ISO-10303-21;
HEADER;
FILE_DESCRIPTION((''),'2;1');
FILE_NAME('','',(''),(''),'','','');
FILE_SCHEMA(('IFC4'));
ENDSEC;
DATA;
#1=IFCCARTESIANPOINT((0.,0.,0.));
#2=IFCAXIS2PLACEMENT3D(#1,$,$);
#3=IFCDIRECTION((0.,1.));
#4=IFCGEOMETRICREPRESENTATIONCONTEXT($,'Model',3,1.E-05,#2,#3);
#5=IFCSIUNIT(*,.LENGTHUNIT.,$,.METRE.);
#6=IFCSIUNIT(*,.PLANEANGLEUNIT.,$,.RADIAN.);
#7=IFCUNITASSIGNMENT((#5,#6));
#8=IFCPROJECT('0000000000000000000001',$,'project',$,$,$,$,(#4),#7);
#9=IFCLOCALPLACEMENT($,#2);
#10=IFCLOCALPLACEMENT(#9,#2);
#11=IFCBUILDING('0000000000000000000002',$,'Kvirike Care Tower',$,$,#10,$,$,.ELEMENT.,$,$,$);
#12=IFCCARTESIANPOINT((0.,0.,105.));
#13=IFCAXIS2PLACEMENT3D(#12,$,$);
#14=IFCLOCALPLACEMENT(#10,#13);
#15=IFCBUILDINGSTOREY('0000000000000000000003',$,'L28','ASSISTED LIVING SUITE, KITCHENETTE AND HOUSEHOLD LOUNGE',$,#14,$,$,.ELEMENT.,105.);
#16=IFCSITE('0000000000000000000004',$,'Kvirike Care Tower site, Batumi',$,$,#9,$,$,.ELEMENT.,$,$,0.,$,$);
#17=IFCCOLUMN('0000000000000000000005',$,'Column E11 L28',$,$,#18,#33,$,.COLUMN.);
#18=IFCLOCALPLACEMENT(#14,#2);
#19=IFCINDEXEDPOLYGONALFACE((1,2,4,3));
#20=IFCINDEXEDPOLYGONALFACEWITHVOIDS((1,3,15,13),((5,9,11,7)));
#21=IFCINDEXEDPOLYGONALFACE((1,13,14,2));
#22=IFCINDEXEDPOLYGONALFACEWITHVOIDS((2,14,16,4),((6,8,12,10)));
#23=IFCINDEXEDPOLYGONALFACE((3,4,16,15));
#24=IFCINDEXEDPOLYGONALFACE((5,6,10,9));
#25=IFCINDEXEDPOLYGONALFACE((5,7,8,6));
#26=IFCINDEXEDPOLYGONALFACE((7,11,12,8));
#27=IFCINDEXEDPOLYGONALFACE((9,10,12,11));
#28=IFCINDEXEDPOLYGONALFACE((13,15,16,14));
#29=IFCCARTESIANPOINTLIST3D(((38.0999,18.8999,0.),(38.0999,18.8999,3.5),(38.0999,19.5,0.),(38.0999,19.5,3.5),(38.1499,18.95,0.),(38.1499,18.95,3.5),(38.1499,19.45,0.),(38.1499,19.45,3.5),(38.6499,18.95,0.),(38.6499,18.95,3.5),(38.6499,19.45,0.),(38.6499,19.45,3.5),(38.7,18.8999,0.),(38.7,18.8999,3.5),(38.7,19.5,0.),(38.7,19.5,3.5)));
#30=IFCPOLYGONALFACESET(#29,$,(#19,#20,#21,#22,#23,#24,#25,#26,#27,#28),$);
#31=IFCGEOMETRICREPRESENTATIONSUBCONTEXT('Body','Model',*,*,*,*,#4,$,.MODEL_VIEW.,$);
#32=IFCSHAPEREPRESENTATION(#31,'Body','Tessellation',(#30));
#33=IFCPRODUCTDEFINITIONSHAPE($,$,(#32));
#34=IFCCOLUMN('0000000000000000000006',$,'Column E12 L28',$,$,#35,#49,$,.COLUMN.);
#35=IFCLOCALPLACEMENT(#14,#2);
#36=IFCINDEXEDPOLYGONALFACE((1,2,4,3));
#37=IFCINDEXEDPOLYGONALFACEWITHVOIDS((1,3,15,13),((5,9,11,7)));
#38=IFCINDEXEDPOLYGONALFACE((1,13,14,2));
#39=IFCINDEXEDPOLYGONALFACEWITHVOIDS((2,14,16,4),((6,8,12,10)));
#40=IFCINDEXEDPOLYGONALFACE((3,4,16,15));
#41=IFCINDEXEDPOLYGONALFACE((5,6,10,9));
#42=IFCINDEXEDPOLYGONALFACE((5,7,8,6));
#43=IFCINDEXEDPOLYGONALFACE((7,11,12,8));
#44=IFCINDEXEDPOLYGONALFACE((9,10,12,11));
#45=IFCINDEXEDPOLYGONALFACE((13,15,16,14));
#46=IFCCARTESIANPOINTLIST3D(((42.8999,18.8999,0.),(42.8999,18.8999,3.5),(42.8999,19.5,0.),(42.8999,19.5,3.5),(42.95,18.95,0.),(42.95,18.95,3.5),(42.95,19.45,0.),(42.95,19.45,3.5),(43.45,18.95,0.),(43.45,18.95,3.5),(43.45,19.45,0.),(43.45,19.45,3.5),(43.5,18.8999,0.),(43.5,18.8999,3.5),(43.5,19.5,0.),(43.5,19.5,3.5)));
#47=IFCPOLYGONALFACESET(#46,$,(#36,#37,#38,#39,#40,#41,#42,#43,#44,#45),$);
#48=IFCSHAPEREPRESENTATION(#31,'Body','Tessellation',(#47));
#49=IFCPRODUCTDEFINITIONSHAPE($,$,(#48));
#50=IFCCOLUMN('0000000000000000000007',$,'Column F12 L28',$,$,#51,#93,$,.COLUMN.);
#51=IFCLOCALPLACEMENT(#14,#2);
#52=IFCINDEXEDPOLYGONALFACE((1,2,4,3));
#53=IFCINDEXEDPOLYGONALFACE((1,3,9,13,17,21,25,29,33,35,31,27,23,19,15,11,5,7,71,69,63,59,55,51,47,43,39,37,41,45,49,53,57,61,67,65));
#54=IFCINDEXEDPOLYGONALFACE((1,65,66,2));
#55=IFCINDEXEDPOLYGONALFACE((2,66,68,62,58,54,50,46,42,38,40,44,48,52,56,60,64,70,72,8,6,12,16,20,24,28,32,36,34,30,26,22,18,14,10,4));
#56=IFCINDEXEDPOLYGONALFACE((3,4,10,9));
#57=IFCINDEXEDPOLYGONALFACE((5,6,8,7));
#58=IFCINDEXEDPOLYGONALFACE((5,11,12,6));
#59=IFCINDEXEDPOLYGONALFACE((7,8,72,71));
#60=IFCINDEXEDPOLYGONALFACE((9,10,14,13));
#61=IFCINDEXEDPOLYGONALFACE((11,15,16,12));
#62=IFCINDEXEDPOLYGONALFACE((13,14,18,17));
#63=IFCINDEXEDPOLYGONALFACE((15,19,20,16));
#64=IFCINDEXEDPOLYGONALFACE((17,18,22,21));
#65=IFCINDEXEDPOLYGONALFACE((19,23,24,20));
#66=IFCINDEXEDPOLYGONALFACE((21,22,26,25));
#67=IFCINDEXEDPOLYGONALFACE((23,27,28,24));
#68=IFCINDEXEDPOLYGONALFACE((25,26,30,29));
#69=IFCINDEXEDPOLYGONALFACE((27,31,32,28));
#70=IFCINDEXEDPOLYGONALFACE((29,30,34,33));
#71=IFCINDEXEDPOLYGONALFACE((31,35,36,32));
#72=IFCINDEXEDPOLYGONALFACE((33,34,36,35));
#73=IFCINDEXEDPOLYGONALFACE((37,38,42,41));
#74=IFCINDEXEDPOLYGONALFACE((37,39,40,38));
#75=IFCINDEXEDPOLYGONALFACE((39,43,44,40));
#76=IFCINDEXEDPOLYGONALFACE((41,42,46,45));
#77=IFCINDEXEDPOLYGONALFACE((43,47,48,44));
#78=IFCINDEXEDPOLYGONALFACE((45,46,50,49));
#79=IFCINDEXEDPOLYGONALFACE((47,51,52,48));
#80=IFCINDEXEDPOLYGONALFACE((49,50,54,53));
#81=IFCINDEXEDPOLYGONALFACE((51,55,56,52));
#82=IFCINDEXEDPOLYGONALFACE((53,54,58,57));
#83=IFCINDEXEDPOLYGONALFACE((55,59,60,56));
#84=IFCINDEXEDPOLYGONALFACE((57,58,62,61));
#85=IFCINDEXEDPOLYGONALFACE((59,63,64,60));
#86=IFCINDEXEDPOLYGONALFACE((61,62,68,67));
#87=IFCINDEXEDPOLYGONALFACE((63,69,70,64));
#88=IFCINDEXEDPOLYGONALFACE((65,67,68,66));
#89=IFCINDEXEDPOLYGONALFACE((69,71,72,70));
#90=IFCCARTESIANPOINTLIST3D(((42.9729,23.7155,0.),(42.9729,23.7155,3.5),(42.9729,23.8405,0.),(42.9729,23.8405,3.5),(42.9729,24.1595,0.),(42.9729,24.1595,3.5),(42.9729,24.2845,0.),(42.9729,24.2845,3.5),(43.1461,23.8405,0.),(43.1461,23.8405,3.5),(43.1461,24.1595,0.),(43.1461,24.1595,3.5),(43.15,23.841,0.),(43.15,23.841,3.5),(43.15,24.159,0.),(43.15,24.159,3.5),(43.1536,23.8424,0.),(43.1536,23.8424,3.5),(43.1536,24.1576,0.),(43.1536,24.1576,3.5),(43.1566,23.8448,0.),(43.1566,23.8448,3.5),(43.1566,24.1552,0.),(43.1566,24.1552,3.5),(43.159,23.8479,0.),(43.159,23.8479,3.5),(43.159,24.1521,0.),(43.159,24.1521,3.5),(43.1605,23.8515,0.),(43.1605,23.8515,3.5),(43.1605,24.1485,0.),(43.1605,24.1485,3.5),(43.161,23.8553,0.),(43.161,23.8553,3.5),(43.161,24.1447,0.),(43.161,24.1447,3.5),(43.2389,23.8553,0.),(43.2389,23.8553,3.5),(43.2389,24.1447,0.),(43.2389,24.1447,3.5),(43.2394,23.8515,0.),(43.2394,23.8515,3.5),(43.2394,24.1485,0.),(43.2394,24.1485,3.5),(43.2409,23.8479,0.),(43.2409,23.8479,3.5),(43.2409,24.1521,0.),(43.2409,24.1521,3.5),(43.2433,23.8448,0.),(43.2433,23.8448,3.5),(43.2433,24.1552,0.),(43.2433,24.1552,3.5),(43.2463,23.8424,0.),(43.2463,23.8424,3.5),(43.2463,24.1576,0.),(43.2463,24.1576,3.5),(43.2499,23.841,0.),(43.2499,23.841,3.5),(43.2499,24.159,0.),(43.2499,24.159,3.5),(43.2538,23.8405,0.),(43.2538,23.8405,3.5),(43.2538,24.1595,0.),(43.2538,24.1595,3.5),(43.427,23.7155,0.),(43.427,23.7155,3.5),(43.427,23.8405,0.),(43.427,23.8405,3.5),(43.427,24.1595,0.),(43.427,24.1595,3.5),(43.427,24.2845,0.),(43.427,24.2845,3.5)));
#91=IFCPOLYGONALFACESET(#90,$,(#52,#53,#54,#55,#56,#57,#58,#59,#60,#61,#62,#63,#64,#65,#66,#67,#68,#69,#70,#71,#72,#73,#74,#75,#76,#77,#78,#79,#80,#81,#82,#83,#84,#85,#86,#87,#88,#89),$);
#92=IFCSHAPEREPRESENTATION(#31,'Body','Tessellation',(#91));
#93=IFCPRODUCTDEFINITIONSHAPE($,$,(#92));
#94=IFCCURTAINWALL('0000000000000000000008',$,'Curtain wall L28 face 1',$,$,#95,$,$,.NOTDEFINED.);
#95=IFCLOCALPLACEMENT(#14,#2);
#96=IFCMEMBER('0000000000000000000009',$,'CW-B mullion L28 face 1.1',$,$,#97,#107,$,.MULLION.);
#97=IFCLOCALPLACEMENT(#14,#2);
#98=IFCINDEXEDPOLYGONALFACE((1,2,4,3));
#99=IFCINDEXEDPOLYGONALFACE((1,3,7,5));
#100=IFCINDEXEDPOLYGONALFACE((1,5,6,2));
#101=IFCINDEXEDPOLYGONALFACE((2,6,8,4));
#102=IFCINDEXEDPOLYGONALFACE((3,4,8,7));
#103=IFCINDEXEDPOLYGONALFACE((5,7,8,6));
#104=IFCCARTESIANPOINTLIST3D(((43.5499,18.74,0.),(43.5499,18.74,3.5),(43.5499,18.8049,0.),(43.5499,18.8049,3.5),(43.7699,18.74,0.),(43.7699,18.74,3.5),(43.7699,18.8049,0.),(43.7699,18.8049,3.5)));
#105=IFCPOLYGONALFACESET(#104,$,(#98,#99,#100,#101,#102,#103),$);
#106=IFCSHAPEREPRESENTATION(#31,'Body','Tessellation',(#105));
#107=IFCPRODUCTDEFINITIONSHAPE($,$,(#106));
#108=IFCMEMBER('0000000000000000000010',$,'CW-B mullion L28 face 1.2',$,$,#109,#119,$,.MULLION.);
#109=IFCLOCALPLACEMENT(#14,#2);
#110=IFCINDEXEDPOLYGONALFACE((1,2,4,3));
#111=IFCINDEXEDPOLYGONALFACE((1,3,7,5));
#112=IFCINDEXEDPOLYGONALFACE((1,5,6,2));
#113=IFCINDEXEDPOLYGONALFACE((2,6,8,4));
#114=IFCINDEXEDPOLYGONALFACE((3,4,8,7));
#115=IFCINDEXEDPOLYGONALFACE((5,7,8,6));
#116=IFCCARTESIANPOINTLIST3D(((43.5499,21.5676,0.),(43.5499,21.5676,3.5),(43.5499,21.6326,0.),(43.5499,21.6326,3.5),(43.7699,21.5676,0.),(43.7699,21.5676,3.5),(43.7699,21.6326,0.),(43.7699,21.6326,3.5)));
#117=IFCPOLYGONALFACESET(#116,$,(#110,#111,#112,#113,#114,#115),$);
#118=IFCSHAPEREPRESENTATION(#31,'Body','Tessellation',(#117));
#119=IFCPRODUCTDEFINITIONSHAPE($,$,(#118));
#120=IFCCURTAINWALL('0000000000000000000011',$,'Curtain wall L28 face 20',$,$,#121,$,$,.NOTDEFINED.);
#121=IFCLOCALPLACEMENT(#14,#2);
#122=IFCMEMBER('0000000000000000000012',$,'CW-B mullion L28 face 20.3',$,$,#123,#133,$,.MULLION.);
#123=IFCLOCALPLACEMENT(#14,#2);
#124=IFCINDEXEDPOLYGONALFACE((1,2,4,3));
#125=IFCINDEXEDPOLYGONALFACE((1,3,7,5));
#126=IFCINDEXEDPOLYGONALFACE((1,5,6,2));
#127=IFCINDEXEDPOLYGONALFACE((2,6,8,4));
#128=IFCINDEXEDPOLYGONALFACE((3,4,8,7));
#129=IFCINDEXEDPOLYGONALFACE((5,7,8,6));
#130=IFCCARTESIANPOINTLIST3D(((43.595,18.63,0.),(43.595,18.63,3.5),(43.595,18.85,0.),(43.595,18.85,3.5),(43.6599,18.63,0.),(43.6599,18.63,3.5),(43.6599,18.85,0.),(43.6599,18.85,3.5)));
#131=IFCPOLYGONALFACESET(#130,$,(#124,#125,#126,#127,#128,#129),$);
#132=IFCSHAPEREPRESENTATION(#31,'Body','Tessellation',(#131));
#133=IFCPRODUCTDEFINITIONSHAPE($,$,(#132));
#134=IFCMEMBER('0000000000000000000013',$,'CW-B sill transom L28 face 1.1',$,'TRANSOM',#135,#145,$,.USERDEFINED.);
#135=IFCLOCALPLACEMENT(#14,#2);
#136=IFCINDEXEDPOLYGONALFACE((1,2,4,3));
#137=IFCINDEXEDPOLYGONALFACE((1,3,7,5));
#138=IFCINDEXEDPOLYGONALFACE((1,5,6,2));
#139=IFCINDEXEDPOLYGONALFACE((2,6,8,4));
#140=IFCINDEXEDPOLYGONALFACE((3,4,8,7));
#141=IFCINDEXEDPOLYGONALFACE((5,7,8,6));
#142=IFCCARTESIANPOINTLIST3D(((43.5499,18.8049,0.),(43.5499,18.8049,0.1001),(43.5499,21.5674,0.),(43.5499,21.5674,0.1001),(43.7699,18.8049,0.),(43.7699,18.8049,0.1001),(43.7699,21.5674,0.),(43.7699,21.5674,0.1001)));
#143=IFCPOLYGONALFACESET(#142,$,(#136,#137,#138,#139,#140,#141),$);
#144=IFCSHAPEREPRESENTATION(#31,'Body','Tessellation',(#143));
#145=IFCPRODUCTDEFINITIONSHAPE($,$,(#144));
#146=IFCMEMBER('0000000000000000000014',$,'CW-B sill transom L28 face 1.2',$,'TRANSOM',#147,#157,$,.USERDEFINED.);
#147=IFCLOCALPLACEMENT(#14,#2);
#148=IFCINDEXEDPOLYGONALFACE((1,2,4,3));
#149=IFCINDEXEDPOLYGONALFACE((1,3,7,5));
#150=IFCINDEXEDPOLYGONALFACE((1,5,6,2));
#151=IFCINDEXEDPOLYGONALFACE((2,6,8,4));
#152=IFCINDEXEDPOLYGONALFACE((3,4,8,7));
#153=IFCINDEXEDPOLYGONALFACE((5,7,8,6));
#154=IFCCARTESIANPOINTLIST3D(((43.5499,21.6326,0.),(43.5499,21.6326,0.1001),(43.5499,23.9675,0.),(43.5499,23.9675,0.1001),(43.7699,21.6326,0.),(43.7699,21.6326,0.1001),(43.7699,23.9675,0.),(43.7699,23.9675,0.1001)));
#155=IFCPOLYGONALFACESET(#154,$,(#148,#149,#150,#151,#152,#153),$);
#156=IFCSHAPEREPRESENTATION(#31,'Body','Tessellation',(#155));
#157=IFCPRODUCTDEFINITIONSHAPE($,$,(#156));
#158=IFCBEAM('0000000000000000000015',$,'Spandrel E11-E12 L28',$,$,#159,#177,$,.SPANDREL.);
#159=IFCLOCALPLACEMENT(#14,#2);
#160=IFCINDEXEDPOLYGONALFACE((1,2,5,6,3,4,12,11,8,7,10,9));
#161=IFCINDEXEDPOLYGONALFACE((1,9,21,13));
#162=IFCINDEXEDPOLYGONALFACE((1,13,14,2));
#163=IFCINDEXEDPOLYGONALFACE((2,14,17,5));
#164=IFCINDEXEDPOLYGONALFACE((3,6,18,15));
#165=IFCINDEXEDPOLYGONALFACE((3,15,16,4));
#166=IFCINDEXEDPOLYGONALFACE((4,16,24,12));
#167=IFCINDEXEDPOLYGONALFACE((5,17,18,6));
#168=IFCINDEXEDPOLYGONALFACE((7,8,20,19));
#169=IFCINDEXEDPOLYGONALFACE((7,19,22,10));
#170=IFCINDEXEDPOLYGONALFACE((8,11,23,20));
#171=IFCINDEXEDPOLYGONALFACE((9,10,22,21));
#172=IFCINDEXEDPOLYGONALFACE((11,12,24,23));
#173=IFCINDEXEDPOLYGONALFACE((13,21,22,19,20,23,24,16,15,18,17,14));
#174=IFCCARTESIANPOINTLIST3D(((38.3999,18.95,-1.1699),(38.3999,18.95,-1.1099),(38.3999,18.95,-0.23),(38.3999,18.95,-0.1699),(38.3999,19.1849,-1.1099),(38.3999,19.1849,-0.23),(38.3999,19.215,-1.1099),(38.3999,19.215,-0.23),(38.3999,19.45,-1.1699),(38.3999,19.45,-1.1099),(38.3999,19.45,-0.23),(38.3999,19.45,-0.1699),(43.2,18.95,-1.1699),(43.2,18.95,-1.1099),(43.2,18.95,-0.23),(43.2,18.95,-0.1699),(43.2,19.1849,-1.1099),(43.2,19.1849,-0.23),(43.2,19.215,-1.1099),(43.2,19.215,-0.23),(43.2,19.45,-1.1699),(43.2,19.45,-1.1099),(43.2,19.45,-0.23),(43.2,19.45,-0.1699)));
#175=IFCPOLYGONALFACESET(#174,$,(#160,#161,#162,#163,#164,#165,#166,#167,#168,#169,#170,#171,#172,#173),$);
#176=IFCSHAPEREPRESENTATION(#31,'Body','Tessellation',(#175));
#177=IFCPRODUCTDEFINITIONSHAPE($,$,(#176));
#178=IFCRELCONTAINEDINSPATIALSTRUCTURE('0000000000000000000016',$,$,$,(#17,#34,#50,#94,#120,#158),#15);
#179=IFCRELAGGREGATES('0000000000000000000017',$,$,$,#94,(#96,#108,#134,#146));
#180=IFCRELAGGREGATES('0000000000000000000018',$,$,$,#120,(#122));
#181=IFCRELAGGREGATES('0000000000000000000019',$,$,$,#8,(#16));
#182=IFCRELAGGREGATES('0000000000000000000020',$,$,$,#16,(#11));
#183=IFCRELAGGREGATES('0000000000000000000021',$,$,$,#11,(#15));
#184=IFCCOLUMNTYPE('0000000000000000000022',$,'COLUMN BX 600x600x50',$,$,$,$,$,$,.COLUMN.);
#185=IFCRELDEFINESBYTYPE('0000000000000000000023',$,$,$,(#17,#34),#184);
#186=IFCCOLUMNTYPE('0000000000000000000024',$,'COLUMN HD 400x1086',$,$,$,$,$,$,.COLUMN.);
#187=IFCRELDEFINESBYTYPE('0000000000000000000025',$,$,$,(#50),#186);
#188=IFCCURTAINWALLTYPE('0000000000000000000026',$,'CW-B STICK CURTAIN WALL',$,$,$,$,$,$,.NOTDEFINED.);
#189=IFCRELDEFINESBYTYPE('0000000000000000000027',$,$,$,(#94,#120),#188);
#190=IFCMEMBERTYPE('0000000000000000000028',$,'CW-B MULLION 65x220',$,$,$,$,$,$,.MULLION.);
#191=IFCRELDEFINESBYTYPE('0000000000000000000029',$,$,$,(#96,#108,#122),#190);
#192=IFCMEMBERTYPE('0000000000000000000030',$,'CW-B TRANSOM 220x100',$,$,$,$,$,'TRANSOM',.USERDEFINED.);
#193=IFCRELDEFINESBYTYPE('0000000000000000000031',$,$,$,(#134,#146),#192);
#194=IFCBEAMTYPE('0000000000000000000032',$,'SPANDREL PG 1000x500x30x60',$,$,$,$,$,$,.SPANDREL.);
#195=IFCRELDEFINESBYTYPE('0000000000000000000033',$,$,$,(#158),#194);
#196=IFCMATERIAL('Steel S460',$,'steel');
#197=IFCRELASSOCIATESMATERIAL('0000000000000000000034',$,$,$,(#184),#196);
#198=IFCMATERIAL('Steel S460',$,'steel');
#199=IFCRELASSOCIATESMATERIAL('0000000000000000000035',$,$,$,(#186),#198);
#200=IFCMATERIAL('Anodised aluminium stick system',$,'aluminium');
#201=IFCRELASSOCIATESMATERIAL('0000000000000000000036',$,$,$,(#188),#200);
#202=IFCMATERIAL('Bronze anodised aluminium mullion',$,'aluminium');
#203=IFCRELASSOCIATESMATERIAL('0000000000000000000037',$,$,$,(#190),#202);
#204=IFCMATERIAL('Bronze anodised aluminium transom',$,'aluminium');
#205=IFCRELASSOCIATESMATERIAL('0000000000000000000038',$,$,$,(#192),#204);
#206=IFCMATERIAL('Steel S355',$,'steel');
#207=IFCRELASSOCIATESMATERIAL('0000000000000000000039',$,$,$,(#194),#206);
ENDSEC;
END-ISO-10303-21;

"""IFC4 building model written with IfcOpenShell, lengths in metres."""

from ifc_helpers import new_model, si_unit, direction, frame, origin, origin_2d, place, context, subcontext, project, spatial, rectangle, hollow_rectangle, i_section, extrude, material, material_profile, profile_set, type_object, element, aggregate, save


model = new_model("IFC4")

# Units and contexts
model_context = context("Model", 3, precision=1e-05, world=origin(), true_north=direction((0.0, 1.0)))
body_context = subcontext(model_context, "Body", "Model", "MODEL_VIEW")
ifc_project = project(units=[si_unit("LENGTHUNIT", "METRE"), si_unit("PLANEANGLEUNIT", "RADIAN")], contexts=[model_context])

# Site, building, storey
site_placement = place(None, origin())
site = spatial("IfcSite", under=ifc_project, at=site_placement, Name="Kvirike Care Tower site, Batumi", CompositionType="ELEMENT", RefElevation=0.0)
building_placement = place(site_placement, origin())
building = spatial("IfcBuilding", under=site, at=building_placement, Name="Kvirike Care Tower", CompositionType="ELEMENT")
storey_placement = place(building_placement, frame((0.0, 0.0, 105.0)))
storey = spatial("IfcBuildingStorey", under=building, at=storey_placement, Name="L28", Description="ASSISTED LIVING SUITE, KITCHENETTE AND HOUSEHOLD LOUNGE", CompositionType="ELEMENT", Elevation=105.0)

# Columns
ifc_material_1 = material(Name="Steel S460", Category="steel")
ifc_material_profile_1 = material_profile(ifc_material_1, hollow_rectangle(XDim=0.6001, YDim=0.6001, WallThickness=0.05, at=origin_2d()), Name="BX 600x600x50")
ifc_profile_set_1 = profile_set([ifc_material_profile_1], Name="Steel S460")
column_type_1 = type_object("IfcColumnType", Name="COLUMN BX 600x600x50", PredefinedType="COLUMN", material=ifc_profile_set_1)
for number, where, z_axis, x_axis, name in (
    (1, (38.3999, 19.2, 0.0), (0.0, 0.0, 1.0), (0.0, 1.0, 0.0), "Column E11 L28"),
    (2, (43.2, 19.2, 0.0), (0.0, 0.0, 1.0), (0.0, 1.0, 0.0), "Column E12 L28"),
):
    element("IfcColumn", number, at=place(storey_placement, frame(where, z_axis=z_axis, x_axis=x_axis)), inside=storey, type_object=column_type_1, Name=name, PredefinedType="COLUMN", context=body_context, shape_type="SweptSolid", body=[
        extrude(hollow_rectangle(XDim=0.6001, YDim=0.6001, WallThickness=0.05, at=origin_2d()), origin(), (0.0, 0.0, 1.0), 3.5),
    ])
ifc_material_2 = material(Name="Steel S460", Category="steel")
ifc_material_profile_2 = material_profile(ifc_material_2, i_section(OverallWidth=0.4541, OverallDepth=0.5691, WebThickness=0.0779, FlangeThickness=0.125, FilletRadius=0.0149, at=origin_2d()), Name="HD 400x1086")
ifc_profile_set_2 = profile_set([ifc_material_profile_2], Name="Steel S460")
column_type_2 = type_object("IfcColumnType", Name="COLUMN HD 400x1086", PredefinedType="COLUMN", material=ifc_profile_set_2)
column_placement = place(storey_placement, frame((43.2, 24.0, 0.0), z_axis=(0.0, 0.0, 1.0), x_axis=(1.0, 0.0, 0.0)))
element("IfcColumn", 3, at=column_placement, inside=storey, type_object=column_type_2, Name="Column F12 L28", PredefinedType="COLUMN", context=body_context, shape_type="SweptSolid", body=[
    extrude(i_section(OverallWidth=0.4541, OverallDepth=0.5691, WebThickness=0.0779, FlangeThickness=0.125, FilletRadius=0.0149, at=origin_2d()), origin(), (0.0, 0.0, 1.0), 3.5),
])

# Curtain wall, members
ifc_material_3 = material(Name="Anodised aluminium stick system", Category="aluminium")
curtain_wall_type = type_object("IfcCurtainWallType", Name="CW-B STICK CURTAIN WALL", PredefinedType="NOTDEFINED", material=ifc_material_3)
curtain_wall_1_placement = place(storey_placement, origin())
curtain_wall_1 = element("IfcCurtainWall", 4, at=curtain_wall_1_placement, inside=storey, type_object=curtain_wall_type, Name="Curtain wall L28 face 1", PredefinedType="NOTDEFINED")
ifc_material_4 = material(Name="Bronze anodised aluminium mullion", Category="aluminium")
ifc_material_profile_3 = material_profile(ifc_material_4, rectangle(XDim=0.0649, YDim=0.22, at=origin_2d()), Name="CW-B MULLION 65x220")
ifc_profile_set_3 = profile_set([ifc_material_profile_3], Name="Bronze anodised aluminium mullion")
member_type_1 = type_object("IfcMemberType", Name="CW-B MULLION 65x220", PredefinedType="MULLION", material=ifc_profile_set_3)
member_1_placement = place(storey_placement, frame((43.6599, 18.7725, 0.0), z_axis=(0.0, 0.0, 1.0), x_axis=(0.0, 1.0, 0.0)))
member_1 = element("IfcMember", 5, at=member_1_placement, type_object=member_type_1, Name="CW-B mullion L28 face 1.1", PredefinedType="MULLION", context=body_context, shape_type="SweptSolid", body=[
    extrude(rectangle(XDim=0.0649, YDim=0.22, at=origin_2d()), origin(), (0.0, 0.0, 1.0), 3.5),
])
member_2_placement = place(storey_placement, frame((43.6599, 21.6001, 0.0), z_axis=(0.0, 0.0, 1.0), x_axis=(0.0, 1.0, 0.0)))
member_2 = element("IfcMember", 6, at=member_2_placement, type_object=member_type_1, Name="CW-B mullion L28 face 1.2", PredefinedType="MULLION", context=body_context, shape_type="SweptSolid", body=[
    extrude(rectangle(XDim=0.0649, YDim=0.22, at=origin_2d()), origin(), (0.0, 0.0, 1.0), 3.5),
])

# Curtain wall, member
curtain_wall_2_placement = place(storey_placement, origin())
curtain_wall_2 = element("IfcCurtainWall", 7, at=curtain_wall_2_placement, inside=storey, type_object=curtain_wall_type, Name="Curtain wall L28 face 20", PredefinedType="NOTDEFINED")
member_3_placement = place(storey_placement, frame((43.6274, 18.74, 0.0), z_axis=(0.0, 0.0, 1.0), x_axis=(1.0, 0.0, 0.0)))
member_3 = element("IfcMember", 8, at=member_3_placement, type_object=member_type_1, Name="CW-B mullion L28 face 20.3", PredefinedType="MULLION", context=body_context, shape_type="SweptSolid", body=[
    extrude(rectangle(XDim=0.0649, YDim=0.22, at=origin_2d()), origin(), (0.0, 0.0, 1.0), 3.5),
])

# Members
ifc_material_5 = material(Name="Bronze anodised aluminium transom", Category="aluminium")
ifc_material_profile_4 = material_profile(ifc_material_5, rectangle(XDim=0.22, YDim=0.1001, at=origin_2d()), Name="CW-B TRANSOM 220x100")
ifc_profile_set_4 = profile_set([ifc_material_profile_4], Name="Bronze anodised aluminium transom")
member_type_2 = type_object("IfcMemberType", Name="CW-B TRANSOM 220x100", ElementType="TRANSOM", PredefinedType="USERDEFINED", material=ifc_profile_set_4)
member_4_placement = place(storey_placement, frame((43.6599, 18.8049, 0.05), z_axis=(0.0, 1.0, 0.0), x_axis=(-1.0, 0.0, 0.0)))
member_4 = element("IfcMember", 9, at=member_4_placement, type_object=member_type_2, Name="CW-B sill transom L28 face 1.1", ObjectType="TRANSOM", PredefinedType="USERDEFINED", context=body_context, shape_type="SweptSolid", body=[
    extrude(rectangle(XDim=0.22, YDim=0.1001, at=origin_2d()), origin(), (0.0, 0.0, 1.0), 2.7625),
])
member_5_placement = place(storey_placement, frame((43.6599, 21.6326, 0.05), z_axis=(0.0, 1.0, 0.0), x_axis=(-1.0, 0.0, 0.0)))
member_5 = element("IfcMember", 10, at=member_5_placement, type_object=member_type_2, Name="CW-B sill transom L28 face 1.2", ObjectType="TRANSOM", PredefinedType="USERDEFINED", context=body_context, shape_type="SweptSolid", body=[
    extrude(rectangle(XDim=0.22, YDim=0.1001, at=origin_2d()), origin(), (0.0, 0.0, 1.0), 2.335),
])

# Beam
ifc_material_6 = material(Name="Steel S355", Category="steel")
ifc_material_profile_5 = material_profile(ifc_material_6, i_section(OverallWidth=0.5, OverallDepth=1.0, WebThickness=0.03, FlangeThickness=0.0601, at=origin_2d()), Name="PG 1000x500x30x60")
ifc_profile_set_5 = profile_set([ifc_material_profile_5], Name="Steel S355")
beam_type = type_object("IfcBeamType", Name="SPANDREL PG 1000x500x30x60", PredefinedType="SPANDREL", material=ifc_profile_set_5)
for number, where, z_axis, x_axis, name in (
    (11, (38.3999, 19.2, -0.6699), (1.0, 0.0, 0.0), (0.0, 1.0, 0.0), "Spandrel E11-E12 L28"),
):
    element("IfcBeam", number, at=place(storey_placement, frame(where, z_axis=z_axis, x_axis=x_axis)), inside=storey, type_object=beam_type, Name=name, PredefinedType="SPANDREL", context=body_context, shape_type="SweptSolid", body=[
        extrude(i_section(OverallWidth=0.5, OverallDepth=1.0, WebThickness=0.03, FlangeThickness=0.0601, at=origin_2d()), origin(), (0.0, 0.0, 1.0), 4.8),
    ])

aggregate(curtain_wall_1, [member_1, member_2, member_4, member_5])
aggregate(curtain_wall_2, [member_3])

save(model, "model.ifc")
